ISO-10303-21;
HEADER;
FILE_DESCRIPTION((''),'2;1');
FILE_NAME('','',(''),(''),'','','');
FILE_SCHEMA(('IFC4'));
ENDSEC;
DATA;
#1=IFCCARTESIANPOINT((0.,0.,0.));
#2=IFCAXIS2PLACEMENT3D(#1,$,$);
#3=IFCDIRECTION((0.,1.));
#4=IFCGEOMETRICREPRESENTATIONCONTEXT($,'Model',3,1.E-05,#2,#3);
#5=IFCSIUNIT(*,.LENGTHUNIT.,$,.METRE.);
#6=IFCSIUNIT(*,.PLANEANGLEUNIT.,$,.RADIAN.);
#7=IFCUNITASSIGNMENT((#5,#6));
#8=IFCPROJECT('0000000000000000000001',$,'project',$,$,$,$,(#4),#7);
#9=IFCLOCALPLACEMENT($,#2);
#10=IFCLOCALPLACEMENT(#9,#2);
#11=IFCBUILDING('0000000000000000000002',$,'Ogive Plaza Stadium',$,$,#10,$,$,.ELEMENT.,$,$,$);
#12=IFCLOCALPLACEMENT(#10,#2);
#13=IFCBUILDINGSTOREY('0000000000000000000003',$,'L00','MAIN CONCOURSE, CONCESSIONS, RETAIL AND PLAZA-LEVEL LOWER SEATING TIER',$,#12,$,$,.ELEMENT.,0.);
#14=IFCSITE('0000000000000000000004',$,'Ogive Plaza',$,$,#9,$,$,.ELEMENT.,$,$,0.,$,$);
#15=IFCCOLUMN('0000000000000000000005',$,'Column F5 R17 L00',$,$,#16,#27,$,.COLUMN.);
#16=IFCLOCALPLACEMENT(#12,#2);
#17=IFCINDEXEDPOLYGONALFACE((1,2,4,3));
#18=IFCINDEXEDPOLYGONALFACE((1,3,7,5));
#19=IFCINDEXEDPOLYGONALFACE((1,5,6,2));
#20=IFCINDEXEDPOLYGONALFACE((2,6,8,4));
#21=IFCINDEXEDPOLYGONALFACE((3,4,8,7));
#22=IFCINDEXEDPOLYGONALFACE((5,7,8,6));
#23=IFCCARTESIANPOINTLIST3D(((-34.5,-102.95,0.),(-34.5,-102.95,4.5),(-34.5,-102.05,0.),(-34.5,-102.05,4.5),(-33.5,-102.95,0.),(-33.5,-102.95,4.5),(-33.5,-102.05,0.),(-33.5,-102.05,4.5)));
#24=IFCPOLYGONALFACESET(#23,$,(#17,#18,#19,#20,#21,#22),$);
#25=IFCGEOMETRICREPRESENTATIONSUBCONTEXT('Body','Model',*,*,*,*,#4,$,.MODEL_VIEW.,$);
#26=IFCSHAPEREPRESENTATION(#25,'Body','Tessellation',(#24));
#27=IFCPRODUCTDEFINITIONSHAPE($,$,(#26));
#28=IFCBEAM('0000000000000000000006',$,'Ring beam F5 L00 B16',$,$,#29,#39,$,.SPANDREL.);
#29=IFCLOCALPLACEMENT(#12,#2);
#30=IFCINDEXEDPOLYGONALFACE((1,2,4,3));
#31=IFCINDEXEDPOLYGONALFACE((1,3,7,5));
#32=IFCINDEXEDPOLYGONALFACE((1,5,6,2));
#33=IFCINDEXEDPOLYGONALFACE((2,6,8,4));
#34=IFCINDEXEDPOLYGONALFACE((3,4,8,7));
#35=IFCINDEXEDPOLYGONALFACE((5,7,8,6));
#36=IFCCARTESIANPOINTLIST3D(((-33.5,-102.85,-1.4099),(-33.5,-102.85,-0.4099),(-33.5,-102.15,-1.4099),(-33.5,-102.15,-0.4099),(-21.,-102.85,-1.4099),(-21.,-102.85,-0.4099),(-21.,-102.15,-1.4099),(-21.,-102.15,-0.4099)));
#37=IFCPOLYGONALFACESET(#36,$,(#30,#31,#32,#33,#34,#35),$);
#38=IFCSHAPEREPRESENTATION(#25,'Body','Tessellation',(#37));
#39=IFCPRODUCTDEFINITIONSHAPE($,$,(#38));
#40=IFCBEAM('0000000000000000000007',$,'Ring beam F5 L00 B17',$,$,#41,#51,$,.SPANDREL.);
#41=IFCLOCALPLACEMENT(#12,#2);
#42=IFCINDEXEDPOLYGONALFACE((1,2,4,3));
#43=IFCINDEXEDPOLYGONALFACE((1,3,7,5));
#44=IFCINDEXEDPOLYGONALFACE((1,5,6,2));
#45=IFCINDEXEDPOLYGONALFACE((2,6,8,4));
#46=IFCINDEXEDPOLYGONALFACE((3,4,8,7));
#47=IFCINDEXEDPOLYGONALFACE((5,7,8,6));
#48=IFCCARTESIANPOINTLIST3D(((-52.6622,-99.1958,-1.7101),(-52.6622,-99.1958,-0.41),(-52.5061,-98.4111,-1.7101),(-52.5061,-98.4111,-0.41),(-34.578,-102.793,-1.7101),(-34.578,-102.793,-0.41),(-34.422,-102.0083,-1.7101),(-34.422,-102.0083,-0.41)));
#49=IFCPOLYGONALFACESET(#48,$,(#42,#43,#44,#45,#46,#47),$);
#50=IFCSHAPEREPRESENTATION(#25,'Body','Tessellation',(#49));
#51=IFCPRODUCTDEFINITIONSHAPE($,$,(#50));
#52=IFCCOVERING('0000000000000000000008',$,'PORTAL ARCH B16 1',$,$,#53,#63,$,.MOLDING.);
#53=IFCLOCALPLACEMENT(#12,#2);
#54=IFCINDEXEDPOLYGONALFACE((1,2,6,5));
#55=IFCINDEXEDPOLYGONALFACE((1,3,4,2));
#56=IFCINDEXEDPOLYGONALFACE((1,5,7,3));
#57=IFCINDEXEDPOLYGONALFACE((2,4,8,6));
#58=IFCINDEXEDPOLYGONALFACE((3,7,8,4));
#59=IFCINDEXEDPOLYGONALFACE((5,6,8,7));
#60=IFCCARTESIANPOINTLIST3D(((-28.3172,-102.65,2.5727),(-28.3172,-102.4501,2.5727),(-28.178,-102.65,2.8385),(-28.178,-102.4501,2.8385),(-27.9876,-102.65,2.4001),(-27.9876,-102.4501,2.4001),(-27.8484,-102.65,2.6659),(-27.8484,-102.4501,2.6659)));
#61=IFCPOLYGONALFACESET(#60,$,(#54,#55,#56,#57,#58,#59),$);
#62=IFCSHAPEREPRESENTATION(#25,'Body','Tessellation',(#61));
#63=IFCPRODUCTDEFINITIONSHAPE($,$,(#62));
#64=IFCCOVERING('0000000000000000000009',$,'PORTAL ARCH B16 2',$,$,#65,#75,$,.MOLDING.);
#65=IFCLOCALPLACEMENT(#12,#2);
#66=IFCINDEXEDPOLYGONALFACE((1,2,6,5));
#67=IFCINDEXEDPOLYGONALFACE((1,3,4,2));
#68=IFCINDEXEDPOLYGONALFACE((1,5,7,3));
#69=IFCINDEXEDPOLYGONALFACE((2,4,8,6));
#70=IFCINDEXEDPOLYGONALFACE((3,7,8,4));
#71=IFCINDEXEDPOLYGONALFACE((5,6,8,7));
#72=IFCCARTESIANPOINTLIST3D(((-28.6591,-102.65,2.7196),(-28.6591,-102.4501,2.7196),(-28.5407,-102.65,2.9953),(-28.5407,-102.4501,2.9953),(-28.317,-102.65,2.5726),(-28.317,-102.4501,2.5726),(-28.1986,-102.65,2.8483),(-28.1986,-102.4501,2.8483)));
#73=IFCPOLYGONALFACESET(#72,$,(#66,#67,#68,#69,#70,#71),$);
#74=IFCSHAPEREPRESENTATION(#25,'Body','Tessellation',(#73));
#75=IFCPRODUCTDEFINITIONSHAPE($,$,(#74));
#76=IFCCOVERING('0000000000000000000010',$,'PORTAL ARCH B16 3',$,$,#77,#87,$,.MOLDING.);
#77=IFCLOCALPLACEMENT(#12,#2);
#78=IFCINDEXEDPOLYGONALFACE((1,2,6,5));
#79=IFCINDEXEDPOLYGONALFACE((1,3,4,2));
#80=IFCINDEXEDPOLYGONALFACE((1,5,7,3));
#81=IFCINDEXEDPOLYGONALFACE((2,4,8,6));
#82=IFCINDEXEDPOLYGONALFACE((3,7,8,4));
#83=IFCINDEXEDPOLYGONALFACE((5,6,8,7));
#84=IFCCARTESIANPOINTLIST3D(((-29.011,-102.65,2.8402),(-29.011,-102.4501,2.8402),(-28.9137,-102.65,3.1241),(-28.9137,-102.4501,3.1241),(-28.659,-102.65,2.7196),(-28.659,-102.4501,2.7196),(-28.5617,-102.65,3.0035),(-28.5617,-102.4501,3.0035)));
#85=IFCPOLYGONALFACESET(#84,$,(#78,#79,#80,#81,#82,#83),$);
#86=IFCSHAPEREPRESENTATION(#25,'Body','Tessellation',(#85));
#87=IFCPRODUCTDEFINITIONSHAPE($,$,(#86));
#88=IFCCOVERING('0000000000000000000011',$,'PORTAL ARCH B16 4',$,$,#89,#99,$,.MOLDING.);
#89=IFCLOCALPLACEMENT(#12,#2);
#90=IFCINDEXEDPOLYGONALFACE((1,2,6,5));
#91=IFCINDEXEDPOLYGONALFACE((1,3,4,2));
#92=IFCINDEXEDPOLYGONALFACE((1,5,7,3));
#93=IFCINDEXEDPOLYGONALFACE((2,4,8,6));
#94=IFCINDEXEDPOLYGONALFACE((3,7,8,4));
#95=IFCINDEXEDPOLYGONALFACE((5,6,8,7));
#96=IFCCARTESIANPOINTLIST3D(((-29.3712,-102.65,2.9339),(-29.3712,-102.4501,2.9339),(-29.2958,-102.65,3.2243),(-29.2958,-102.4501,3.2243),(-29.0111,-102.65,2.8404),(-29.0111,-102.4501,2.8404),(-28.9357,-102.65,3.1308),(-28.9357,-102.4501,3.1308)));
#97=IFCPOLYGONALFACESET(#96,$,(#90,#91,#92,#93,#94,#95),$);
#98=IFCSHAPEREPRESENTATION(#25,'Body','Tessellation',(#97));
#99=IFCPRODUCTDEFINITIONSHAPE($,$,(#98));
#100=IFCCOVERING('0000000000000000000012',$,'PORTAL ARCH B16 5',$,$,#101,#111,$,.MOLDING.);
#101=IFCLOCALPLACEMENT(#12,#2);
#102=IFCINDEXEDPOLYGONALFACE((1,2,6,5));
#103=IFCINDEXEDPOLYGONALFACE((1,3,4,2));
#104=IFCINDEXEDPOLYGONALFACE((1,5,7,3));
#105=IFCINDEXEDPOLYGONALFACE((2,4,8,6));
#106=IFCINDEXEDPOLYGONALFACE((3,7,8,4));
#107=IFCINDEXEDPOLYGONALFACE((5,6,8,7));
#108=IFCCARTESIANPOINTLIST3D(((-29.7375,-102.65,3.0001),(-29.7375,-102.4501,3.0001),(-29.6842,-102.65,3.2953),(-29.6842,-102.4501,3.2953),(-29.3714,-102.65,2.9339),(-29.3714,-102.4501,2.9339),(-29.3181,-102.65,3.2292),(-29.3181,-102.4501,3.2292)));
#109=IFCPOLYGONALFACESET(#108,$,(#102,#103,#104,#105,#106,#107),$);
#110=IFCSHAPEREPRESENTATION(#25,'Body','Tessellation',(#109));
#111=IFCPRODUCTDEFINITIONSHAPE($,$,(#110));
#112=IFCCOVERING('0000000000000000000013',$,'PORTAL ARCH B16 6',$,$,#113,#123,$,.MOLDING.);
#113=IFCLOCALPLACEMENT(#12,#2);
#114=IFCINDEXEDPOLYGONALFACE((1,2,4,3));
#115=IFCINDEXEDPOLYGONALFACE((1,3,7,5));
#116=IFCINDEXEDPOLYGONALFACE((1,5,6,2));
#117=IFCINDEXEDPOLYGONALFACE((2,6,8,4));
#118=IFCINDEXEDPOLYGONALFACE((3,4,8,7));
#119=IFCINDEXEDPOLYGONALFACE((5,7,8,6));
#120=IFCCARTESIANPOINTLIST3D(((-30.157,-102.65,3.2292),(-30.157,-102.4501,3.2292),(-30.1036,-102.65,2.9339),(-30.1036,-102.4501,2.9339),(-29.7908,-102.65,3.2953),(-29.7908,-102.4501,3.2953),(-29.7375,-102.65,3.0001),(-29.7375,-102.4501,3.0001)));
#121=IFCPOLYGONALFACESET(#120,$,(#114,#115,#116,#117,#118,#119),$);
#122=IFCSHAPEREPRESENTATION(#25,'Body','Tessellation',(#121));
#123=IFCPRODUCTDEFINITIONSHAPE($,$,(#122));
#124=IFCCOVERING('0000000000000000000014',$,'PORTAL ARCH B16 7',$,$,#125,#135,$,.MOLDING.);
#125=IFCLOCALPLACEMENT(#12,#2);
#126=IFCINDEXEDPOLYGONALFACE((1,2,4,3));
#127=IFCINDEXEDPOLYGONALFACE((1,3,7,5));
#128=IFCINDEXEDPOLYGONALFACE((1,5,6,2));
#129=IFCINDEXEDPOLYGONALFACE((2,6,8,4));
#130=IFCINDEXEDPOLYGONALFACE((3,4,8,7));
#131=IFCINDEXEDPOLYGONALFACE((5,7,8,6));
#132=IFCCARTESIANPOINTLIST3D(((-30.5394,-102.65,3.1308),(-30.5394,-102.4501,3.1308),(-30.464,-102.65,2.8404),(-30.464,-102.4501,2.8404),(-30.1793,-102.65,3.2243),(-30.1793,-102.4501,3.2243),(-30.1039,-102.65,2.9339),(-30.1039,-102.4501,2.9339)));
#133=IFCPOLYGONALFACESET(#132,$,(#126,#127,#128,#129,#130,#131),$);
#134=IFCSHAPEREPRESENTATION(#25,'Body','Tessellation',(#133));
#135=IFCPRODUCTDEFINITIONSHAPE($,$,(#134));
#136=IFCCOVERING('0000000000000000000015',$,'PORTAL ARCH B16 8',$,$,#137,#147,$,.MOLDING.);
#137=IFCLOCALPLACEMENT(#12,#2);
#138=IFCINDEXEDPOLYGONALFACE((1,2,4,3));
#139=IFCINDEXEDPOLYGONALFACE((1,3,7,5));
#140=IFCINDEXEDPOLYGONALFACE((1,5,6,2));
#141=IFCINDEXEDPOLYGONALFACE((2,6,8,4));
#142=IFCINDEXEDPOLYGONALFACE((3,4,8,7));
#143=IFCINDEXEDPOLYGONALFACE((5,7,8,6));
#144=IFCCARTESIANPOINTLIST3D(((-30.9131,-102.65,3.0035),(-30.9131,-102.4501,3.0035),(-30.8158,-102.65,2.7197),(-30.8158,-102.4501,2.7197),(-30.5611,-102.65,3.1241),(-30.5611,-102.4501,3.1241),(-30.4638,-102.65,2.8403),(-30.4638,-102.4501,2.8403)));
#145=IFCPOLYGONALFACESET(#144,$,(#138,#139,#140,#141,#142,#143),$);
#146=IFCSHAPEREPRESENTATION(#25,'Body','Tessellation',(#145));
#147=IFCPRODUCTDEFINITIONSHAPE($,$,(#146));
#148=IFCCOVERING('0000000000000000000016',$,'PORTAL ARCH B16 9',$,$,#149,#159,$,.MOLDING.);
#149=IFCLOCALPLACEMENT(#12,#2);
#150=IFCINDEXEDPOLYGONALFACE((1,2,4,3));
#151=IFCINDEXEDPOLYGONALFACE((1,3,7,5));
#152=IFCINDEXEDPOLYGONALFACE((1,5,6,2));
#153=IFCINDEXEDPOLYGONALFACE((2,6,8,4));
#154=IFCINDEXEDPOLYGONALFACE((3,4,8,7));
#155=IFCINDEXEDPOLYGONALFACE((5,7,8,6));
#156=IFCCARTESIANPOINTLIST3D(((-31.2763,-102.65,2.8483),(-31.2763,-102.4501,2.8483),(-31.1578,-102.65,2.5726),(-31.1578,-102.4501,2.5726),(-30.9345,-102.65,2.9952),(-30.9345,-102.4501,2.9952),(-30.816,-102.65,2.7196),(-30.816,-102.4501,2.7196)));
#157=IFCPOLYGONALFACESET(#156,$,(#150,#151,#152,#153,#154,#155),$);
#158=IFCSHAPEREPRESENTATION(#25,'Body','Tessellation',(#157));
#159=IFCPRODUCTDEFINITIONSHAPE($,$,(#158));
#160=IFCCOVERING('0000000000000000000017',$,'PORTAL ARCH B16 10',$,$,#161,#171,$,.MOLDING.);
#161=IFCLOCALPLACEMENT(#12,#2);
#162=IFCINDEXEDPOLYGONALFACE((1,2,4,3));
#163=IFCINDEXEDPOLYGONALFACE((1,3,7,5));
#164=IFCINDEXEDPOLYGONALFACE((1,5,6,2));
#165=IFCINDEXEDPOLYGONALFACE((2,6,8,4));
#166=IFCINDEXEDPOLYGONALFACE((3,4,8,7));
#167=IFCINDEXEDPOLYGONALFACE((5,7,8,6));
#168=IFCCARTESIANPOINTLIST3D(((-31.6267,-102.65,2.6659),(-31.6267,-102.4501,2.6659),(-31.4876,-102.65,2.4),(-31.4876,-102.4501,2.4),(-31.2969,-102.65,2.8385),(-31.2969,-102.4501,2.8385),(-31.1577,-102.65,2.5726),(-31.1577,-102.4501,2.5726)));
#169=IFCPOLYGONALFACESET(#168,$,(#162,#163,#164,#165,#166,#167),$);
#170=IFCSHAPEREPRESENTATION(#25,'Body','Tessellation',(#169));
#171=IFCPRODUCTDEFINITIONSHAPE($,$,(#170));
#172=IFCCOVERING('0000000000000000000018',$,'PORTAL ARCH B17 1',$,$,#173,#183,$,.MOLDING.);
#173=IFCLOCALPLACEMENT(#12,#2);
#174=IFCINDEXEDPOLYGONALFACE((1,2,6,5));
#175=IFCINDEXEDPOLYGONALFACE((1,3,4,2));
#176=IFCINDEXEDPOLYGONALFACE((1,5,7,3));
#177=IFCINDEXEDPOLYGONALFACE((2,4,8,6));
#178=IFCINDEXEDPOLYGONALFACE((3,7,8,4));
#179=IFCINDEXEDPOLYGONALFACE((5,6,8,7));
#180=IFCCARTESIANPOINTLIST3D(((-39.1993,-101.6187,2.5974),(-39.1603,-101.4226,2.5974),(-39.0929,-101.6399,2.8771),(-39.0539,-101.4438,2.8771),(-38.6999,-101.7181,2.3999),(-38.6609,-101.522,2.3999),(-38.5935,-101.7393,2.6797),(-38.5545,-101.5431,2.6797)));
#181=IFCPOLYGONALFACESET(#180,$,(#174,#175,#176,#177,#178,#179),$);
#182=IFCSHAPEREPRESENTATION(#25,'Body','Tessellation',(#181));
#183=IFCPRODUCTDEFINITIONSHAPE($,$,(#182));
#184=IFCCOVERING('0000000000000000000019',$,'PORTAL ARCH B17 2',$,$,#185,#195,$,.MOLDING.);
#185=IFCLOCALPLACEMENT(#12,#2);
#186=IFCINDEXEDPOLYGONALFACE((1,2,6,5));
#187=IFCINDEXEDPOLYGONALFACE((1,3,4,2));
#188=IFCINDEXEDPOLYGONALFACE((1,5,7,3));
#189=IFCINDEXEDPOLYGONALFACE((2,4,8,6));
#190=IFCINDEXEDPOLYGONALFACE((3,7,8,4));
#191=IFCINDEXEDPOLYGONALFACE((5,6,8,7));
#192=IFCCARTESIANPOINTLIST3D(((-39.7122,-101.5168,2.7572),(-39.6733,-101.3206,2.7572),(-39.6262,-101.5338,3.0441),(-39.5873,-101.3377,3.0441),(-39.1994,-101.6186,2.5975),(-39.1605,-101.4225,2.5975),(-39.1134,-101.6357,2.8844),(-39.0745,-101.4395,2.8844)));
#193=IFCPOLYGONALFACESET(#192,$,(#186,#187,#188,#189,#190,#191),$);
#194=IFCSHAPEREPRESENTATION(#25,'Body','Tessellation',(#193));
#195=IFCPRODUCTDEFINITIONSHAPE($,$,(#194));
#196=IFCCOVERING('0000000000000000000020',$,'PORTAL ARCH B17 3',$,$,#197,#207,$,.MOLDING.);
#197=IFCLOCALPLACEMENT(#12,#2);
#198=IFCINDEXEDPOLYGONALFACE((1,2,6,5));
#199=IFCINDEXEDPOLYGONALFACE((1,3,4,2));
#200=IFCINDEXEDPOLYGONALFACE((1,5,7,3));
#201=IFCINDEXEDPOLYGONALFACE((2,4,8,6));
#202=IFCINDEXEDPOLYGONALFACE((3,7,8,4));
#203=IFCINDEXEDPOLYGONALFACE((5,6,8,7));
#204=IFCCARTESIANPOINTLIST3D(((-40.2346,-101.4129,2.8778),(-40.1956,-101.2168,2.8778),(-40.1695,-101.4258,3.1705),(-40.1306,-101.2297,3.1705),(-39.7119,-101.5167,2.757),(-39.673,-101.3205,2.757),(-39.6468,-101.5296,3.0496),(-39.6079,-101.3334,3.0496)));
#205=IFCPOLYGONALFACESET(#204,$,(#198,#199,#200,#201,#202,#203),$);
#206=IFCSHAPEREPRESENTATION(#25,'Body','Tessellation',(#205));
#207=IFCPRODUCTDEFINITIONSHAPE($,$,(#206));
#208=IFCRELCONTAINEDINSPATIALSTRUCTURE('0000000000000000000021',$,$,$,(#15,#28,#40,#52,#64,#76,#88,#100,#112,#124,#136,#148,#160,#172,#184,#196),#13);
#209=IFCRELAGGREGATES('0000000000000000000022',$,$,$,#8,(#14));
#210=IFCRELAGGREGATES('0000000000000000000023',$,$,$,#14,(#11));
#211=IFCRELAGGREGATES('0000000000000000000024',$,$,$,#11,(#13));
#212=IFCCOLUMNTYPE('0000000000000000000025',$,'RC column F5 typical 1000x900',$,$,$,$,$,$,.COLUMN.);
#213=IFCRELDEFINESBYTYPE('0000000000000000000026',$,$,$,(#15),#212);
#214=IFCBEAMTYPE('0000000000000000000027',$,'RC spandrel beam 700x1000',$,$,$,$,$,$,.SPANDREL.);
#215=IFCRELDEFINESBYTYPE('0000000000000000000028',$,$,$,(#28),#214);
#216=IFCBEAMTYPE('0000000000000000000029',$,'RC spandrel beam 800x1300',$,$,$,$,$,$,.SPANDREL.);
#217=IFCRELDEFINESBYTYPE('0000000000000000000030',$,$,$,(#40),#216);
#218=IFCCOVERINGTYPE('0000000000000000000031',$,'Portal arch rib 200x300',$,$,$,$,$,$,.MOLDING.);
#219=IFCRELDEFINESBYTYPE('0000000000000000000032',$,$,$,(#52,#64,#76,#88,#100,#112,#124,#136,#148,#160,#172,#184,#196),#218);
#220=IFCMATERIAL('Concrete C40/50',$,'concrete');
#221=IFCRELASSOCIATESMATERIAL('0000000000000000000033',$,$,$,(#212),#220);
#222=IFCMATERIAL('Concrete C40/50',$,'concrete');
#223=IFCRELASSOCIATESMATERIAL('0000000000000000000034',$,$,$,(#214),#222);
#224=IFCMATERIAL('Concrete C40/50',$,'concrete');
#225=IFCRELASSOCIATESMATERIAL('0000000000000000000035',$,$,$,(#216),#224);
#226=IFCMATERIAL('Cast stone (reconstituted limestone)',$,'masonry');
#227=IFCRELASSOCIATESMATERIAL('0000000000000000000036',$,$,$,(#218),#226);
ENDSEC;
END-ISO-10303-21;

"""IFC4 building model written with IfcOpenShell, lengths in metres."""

from ifc_helpers import new_model, si_unit, direction, frame, origin, origin_2d, place, context, subcontext, project, spatial, rectangle, extrude, material, material_profile, profile_set, type_object, element, save


model = new_model("IFC4")

# Units and contexts
model_context = context("Model", 3, precision=1e-05, world=origin(), true_north=direction((0.0, 1.0)))
body_context = subcontext(model_context, "Body", "Model", "MODEL_VIEW")
ifc_project = project(units=[si_unit("LENGTHUNIT", "METRE"), si_unit("PLANEANGLEUNIT", "RADIAN")], contexts=[model_context])

# Site, building, storey
site_placement = place(None, origin())
site = spatial("IfcSite", under=ifc_project, at=site_placement, Name="Ogive Plaza", CompositionType="ELEMENT", RefElevation=0.0)
building_placement = place(site_placement, origin())
building = spatial("IfcBuilding", under=site, at=building_placement, Name="Ogive Plaza Stadium", CompositionType="ELEMENT")
storey_placement = place(building_placement, origin())
storey = spatial("IfcBuildingStorey", under=building, at=storey_placement, Name="L00", Description="MAIN CONCOURSE, CONCESSIONS, RETAIL AND PLAZA-LEVEL LOWER SEATING TIER", CompositionType="ELEMENT", Elevation=0.0)

# Column
ifc_material_1 = material(Name="Concrete C40/50", Category="concrete")
ifc_material_profile_1 = material_profile(ifc_material_1, rectangle(XDim=1.0, YDim=0.8999, at=origin_2d()), Name="RC 1000x900")
ifc_profile_set_1 = profile_set([ifc_material_profile_1], Name="Concrete C40/50")
column_type = type_object("IfcColumnType", Name="RC column F5 typical 1000x900", PredefinedType="COLUMN", material=ifc_profile_set_1)
column_placement = place(storey_placement, frame((-34.0, -102.5, 0.0), z_axis=(0.0, 0.0, 1.0), x_axis=(1.0, 0.0, 0.0)))
element("IfcColumn", 1, at=column_placement, inside=storey, type_object=column_type, Name="Column F5 R17 L00", PredefinedType="COLUMN", context=body_context, shape_type="SweptSolid", body=[
    extrude(rectangle(XDim=1.0, YDim=0.8999, at=origin_2d()), origin(), (0.0, 0.0, 1.0), 4.5),
])

# Beams
ifc_material_2 = material(Name="Concrete C40/50", Category="concrete")
ifc_material_profile_2 = material_profile(ifc_material_2, rectangle(XDim=0.7, YDim=1.0, at=origin_2d()), Name="RC 700x1000")
ifc_profile_set_2 = profile_set([ifc_material_profile_2], Name="Concrete C40/50")
beam_type_1 = type_object("IfcBeamType", Name="RC spandrel beam 700x1000", PredefinedType="SPANDREL", material=ifc_profile_set_2)
beam_1_placement = place(storey_placement, frame((-21.0, -102.5, -0.9099), z_axis=(-1.0, 0.0, 0.0), x_axis=(0.0, -1.0, 0.0)))
element("IfcBeam", 2, at=beam_1_placement, inside=storey, type_object=beam_type_1, Name="Ring beam F5 L00 B16", PredefinedType="SPANDREL", context=body_context, shape_type="SweptSolid", body=[
    extrude(rectangle(XDim=0.7, YDim=1.0, at=origin_2d()), origin(), (0.0, 0.0, 1.0), 12.5),
])
ifc_material_3 = material(Name="Concrete C40/50", Category="concrete")
ifc_material_profile_3 = material_profile(ifc_material_3, rectangle(XDim=0.8, YDim=1.3, at=origin_2d()), Name="RC 800x1300")
ifc_profile_set_3 = profile_set([ifc_material_profile_3], Name="Concrete C40/50")
beam_type_2 = type_object("IfcBeamType", Name="RC spandrel beam 800x1300", PredefinedType="SPANDREL", material=ifc_profile_set_3)
beam_2_placement = place(storey_placement, frame((-34.5, -102.4006, -1.0601), z_axis=(-0.980785, 0.19509, 0.0), x_axis=(-0.19509, -0.980785, 0.0)))
element("IfcBeam", 3, at=beam_2_placement, inside=storey, type_object=beam_type_2, Name="Ring beam F5 L00 B17", PredefinedType="SPANDREL", context=body_context, shape_type="SweptSolid", body=[
    extrude(rectangle(XDim=0.8, YDim=1.3, at=origin_2d()), origin(), (0.0, 0.0, 1.0), 18.4385),
])

# Coverings
ifc_material_4 = material(Name="Cast stone (reconstituted limestone)", Category="masonry")
ifc_material_profile_4 = material_profile(ifc_material_4, rectangle(XDim=0.2, YDim=0.3, at=origin_2d()), Name="Cast stone 200x300")
ifc_profile_set_4 = profile_set([ifc_material_profile_4], Name="Cast stone (reconstituted limestone)")
covering_type = type_object("IfcCoveringType", Name="Portal arch rib 200x300", PredefinedType="MOLDING", material=ifc_profile_set_4)
covering_1_placement = place(storey_placement, frame((-27.918, -102.55, 2.533), z_axis=(-0.88587, 0.0, 0.463933), x_axis=(0.0, -1.0, 0.0)))
element("IfcCovering", 4, at=covering_1_placement, inside=storey, type_object=covering_type, Name="PORTAL ARCH B16 1", PredefinedType="MOLDING", context=body_context, shape_type="SweptSolid", body=[
    extrude(rectangle(XDim=0.2, YDim=0.3, at=origin_2d()), origin(), (0.0, 0.0, 1.0), 0.3721),
])
covering_2_placement = place(storey_placement, frame((-28.2578, -102.55, 2.7104), z_axis=(-0.918771, 0.0, 0.39479), x_axis=(0.0, -1.0, 0.0)))
element("IfcCovering", 5, at=covering_2_placement, inside=storey, type_object=covering_type, Name="PORTAL ARCH B16 2", PredefinedType="MOLDING", context=body_context, shape_type="SweptSolid", body=[
    extrude(rectangle(XDim=0.2, YDim=0.3, at=origin_2d()), origin(), (0.0, 0.0, 1.0), 0.3723),
])
for number, where, z_axis, x_axis, name in (
    (6, (-28.6104, -102.55, 2.8616), (-0.946026, 0.0, 0.324089), (0.0, -1.0, 0.0), "PORTAL ARCH B16 3"),
    (7, (-28.9734, -102.55, 2.9856), (-0.967902, 0.0, 0.251327), (0.0, -1.0, 0.0), "PORTAL ARCH B16 4"),
    (8, (-29.3447, -102.55, 3.0815), (-0.984069, 0.0, 0.177788), (0.0, -1.0, 0.0), "PORTAL ARCH B16 5"),
    (9, (-29.7642, -102.55, 3.1477), (-0.984069, 0.0, -0.177788), (0.0, -1.0, 0.0), "PORTAL ARCH B16 6"),
    (10, (-30.1416, -102.55, 3.0791), (-0.967902, 0.0, -0.251327), (0.0, -1.0, 0.0), "PORTAL ARCH B16 7"),
    (11, (-30.5125, -102.55, 2.9822), (-0.946026, 0.0, -0.324089), (0.0, -1.0, 0.0), "PORTAL ARCH B16 8"),
    (12, (-30.8752, -102.55, 2.8574), (-0.918669, 0.0, -0.395028), (0.0, -1.0, 0.0), "PORTAL ARCH B16 9"),
):
    element("IfcCovering", number, at=place(storey_placement, frame(where, z_axis=z_axis, x_axis=x_axis)), inside=storey, type_object=covering_type, Name=name, PredefinedType="MOLDING", context=body_context, shape_type="SweptSolid", body=[
        extrude(rectangle(XDim=0.2, YDim=0.3, at=origin_2d()), origin(), (0.0, 0.0, 1.0), 0.3721),
    ])
covering_3_placement = place(storey_placement, frame((-31.2273, -102.55, 2.7056), z_axis=(-0.886011, 0.0, -0.463664), x_axis=(0.0, -1.0, 0.0)))
element("IfcCovering", 13, at=covering_3_placement, inside=storey, type_object=covering_type, Name="PORTAL ARCH B16 10", PredefinedType="MOLDING", context=body_context, shape_type="SweptSolid", body=[
    extrude(rectangle(XDim=0.2, YDim=0.3, at=origin_2d()), origin(), (0.0, 0.0, 1.0), 0.3723),
])
covering_4_placement = place(storey_placement, frame((-38.6272, -101.6306, 2.5398), z_axis=(-0.914428, 0.181902, 0.36157), x_axis=(-0.195102, -0.980783, 0.0)))
element("IfcCovering", 14, at=covering_4_placement, inside=storey, type_object=covering_type, Name="PORTAL ARCH B17 1", PredefinedType="MOLDING", context=body_context, shape_type="SweptSolid", body=[
    extrude(rectangle(XDim=0.2, YDim=0.3, at=origin_2d()), origin(), (0.0, 0.0, 1.0), 0.5461),
])
covering_5_placement = place(storey_placement, frame((-39.137, -101.5291, 2.741), z_axis=(-0.938061, 0.186272, 0.292139), x_axis=(-0.194769, -0.980849, 0.0)))
element("IfcCovering", 15, at=covering_5_placement, inside=storey, type_object=covering_type, Name="PORTAL ARCH B17 2", PredefinedType="MOLDING", context=body_context, shape_type="SweptSolid", body=[
    extrude(rectangle(XDim=0.2, YDim=0.3, at=origin_2d()), origin(), (0.0, 0.0, 1.0), 0.5466),
])
covering_6_placement = place(storey_placement, frame((-39.6599, -101.425, 2.9033), z_axis=(-0.956573, 0.189885, 0.22116), x_axis=(-0.194706, -0.980862, 0.0)))
element("IfcCovering", 16, at=covering_6_placement, inside=storey, type_object=covering_type, Name="PORTAL ARCH B17 3", PredefinedType="MOLDING", context=body_context, shape_type="SweptSolid", body=[
    extrude(rectangle(XDim=0.2, YDim=0.3, at=origin_2d()), origin(), (0.0, 0.0, 1.0), 0.5464),
])

save(model, "model.ifc")
